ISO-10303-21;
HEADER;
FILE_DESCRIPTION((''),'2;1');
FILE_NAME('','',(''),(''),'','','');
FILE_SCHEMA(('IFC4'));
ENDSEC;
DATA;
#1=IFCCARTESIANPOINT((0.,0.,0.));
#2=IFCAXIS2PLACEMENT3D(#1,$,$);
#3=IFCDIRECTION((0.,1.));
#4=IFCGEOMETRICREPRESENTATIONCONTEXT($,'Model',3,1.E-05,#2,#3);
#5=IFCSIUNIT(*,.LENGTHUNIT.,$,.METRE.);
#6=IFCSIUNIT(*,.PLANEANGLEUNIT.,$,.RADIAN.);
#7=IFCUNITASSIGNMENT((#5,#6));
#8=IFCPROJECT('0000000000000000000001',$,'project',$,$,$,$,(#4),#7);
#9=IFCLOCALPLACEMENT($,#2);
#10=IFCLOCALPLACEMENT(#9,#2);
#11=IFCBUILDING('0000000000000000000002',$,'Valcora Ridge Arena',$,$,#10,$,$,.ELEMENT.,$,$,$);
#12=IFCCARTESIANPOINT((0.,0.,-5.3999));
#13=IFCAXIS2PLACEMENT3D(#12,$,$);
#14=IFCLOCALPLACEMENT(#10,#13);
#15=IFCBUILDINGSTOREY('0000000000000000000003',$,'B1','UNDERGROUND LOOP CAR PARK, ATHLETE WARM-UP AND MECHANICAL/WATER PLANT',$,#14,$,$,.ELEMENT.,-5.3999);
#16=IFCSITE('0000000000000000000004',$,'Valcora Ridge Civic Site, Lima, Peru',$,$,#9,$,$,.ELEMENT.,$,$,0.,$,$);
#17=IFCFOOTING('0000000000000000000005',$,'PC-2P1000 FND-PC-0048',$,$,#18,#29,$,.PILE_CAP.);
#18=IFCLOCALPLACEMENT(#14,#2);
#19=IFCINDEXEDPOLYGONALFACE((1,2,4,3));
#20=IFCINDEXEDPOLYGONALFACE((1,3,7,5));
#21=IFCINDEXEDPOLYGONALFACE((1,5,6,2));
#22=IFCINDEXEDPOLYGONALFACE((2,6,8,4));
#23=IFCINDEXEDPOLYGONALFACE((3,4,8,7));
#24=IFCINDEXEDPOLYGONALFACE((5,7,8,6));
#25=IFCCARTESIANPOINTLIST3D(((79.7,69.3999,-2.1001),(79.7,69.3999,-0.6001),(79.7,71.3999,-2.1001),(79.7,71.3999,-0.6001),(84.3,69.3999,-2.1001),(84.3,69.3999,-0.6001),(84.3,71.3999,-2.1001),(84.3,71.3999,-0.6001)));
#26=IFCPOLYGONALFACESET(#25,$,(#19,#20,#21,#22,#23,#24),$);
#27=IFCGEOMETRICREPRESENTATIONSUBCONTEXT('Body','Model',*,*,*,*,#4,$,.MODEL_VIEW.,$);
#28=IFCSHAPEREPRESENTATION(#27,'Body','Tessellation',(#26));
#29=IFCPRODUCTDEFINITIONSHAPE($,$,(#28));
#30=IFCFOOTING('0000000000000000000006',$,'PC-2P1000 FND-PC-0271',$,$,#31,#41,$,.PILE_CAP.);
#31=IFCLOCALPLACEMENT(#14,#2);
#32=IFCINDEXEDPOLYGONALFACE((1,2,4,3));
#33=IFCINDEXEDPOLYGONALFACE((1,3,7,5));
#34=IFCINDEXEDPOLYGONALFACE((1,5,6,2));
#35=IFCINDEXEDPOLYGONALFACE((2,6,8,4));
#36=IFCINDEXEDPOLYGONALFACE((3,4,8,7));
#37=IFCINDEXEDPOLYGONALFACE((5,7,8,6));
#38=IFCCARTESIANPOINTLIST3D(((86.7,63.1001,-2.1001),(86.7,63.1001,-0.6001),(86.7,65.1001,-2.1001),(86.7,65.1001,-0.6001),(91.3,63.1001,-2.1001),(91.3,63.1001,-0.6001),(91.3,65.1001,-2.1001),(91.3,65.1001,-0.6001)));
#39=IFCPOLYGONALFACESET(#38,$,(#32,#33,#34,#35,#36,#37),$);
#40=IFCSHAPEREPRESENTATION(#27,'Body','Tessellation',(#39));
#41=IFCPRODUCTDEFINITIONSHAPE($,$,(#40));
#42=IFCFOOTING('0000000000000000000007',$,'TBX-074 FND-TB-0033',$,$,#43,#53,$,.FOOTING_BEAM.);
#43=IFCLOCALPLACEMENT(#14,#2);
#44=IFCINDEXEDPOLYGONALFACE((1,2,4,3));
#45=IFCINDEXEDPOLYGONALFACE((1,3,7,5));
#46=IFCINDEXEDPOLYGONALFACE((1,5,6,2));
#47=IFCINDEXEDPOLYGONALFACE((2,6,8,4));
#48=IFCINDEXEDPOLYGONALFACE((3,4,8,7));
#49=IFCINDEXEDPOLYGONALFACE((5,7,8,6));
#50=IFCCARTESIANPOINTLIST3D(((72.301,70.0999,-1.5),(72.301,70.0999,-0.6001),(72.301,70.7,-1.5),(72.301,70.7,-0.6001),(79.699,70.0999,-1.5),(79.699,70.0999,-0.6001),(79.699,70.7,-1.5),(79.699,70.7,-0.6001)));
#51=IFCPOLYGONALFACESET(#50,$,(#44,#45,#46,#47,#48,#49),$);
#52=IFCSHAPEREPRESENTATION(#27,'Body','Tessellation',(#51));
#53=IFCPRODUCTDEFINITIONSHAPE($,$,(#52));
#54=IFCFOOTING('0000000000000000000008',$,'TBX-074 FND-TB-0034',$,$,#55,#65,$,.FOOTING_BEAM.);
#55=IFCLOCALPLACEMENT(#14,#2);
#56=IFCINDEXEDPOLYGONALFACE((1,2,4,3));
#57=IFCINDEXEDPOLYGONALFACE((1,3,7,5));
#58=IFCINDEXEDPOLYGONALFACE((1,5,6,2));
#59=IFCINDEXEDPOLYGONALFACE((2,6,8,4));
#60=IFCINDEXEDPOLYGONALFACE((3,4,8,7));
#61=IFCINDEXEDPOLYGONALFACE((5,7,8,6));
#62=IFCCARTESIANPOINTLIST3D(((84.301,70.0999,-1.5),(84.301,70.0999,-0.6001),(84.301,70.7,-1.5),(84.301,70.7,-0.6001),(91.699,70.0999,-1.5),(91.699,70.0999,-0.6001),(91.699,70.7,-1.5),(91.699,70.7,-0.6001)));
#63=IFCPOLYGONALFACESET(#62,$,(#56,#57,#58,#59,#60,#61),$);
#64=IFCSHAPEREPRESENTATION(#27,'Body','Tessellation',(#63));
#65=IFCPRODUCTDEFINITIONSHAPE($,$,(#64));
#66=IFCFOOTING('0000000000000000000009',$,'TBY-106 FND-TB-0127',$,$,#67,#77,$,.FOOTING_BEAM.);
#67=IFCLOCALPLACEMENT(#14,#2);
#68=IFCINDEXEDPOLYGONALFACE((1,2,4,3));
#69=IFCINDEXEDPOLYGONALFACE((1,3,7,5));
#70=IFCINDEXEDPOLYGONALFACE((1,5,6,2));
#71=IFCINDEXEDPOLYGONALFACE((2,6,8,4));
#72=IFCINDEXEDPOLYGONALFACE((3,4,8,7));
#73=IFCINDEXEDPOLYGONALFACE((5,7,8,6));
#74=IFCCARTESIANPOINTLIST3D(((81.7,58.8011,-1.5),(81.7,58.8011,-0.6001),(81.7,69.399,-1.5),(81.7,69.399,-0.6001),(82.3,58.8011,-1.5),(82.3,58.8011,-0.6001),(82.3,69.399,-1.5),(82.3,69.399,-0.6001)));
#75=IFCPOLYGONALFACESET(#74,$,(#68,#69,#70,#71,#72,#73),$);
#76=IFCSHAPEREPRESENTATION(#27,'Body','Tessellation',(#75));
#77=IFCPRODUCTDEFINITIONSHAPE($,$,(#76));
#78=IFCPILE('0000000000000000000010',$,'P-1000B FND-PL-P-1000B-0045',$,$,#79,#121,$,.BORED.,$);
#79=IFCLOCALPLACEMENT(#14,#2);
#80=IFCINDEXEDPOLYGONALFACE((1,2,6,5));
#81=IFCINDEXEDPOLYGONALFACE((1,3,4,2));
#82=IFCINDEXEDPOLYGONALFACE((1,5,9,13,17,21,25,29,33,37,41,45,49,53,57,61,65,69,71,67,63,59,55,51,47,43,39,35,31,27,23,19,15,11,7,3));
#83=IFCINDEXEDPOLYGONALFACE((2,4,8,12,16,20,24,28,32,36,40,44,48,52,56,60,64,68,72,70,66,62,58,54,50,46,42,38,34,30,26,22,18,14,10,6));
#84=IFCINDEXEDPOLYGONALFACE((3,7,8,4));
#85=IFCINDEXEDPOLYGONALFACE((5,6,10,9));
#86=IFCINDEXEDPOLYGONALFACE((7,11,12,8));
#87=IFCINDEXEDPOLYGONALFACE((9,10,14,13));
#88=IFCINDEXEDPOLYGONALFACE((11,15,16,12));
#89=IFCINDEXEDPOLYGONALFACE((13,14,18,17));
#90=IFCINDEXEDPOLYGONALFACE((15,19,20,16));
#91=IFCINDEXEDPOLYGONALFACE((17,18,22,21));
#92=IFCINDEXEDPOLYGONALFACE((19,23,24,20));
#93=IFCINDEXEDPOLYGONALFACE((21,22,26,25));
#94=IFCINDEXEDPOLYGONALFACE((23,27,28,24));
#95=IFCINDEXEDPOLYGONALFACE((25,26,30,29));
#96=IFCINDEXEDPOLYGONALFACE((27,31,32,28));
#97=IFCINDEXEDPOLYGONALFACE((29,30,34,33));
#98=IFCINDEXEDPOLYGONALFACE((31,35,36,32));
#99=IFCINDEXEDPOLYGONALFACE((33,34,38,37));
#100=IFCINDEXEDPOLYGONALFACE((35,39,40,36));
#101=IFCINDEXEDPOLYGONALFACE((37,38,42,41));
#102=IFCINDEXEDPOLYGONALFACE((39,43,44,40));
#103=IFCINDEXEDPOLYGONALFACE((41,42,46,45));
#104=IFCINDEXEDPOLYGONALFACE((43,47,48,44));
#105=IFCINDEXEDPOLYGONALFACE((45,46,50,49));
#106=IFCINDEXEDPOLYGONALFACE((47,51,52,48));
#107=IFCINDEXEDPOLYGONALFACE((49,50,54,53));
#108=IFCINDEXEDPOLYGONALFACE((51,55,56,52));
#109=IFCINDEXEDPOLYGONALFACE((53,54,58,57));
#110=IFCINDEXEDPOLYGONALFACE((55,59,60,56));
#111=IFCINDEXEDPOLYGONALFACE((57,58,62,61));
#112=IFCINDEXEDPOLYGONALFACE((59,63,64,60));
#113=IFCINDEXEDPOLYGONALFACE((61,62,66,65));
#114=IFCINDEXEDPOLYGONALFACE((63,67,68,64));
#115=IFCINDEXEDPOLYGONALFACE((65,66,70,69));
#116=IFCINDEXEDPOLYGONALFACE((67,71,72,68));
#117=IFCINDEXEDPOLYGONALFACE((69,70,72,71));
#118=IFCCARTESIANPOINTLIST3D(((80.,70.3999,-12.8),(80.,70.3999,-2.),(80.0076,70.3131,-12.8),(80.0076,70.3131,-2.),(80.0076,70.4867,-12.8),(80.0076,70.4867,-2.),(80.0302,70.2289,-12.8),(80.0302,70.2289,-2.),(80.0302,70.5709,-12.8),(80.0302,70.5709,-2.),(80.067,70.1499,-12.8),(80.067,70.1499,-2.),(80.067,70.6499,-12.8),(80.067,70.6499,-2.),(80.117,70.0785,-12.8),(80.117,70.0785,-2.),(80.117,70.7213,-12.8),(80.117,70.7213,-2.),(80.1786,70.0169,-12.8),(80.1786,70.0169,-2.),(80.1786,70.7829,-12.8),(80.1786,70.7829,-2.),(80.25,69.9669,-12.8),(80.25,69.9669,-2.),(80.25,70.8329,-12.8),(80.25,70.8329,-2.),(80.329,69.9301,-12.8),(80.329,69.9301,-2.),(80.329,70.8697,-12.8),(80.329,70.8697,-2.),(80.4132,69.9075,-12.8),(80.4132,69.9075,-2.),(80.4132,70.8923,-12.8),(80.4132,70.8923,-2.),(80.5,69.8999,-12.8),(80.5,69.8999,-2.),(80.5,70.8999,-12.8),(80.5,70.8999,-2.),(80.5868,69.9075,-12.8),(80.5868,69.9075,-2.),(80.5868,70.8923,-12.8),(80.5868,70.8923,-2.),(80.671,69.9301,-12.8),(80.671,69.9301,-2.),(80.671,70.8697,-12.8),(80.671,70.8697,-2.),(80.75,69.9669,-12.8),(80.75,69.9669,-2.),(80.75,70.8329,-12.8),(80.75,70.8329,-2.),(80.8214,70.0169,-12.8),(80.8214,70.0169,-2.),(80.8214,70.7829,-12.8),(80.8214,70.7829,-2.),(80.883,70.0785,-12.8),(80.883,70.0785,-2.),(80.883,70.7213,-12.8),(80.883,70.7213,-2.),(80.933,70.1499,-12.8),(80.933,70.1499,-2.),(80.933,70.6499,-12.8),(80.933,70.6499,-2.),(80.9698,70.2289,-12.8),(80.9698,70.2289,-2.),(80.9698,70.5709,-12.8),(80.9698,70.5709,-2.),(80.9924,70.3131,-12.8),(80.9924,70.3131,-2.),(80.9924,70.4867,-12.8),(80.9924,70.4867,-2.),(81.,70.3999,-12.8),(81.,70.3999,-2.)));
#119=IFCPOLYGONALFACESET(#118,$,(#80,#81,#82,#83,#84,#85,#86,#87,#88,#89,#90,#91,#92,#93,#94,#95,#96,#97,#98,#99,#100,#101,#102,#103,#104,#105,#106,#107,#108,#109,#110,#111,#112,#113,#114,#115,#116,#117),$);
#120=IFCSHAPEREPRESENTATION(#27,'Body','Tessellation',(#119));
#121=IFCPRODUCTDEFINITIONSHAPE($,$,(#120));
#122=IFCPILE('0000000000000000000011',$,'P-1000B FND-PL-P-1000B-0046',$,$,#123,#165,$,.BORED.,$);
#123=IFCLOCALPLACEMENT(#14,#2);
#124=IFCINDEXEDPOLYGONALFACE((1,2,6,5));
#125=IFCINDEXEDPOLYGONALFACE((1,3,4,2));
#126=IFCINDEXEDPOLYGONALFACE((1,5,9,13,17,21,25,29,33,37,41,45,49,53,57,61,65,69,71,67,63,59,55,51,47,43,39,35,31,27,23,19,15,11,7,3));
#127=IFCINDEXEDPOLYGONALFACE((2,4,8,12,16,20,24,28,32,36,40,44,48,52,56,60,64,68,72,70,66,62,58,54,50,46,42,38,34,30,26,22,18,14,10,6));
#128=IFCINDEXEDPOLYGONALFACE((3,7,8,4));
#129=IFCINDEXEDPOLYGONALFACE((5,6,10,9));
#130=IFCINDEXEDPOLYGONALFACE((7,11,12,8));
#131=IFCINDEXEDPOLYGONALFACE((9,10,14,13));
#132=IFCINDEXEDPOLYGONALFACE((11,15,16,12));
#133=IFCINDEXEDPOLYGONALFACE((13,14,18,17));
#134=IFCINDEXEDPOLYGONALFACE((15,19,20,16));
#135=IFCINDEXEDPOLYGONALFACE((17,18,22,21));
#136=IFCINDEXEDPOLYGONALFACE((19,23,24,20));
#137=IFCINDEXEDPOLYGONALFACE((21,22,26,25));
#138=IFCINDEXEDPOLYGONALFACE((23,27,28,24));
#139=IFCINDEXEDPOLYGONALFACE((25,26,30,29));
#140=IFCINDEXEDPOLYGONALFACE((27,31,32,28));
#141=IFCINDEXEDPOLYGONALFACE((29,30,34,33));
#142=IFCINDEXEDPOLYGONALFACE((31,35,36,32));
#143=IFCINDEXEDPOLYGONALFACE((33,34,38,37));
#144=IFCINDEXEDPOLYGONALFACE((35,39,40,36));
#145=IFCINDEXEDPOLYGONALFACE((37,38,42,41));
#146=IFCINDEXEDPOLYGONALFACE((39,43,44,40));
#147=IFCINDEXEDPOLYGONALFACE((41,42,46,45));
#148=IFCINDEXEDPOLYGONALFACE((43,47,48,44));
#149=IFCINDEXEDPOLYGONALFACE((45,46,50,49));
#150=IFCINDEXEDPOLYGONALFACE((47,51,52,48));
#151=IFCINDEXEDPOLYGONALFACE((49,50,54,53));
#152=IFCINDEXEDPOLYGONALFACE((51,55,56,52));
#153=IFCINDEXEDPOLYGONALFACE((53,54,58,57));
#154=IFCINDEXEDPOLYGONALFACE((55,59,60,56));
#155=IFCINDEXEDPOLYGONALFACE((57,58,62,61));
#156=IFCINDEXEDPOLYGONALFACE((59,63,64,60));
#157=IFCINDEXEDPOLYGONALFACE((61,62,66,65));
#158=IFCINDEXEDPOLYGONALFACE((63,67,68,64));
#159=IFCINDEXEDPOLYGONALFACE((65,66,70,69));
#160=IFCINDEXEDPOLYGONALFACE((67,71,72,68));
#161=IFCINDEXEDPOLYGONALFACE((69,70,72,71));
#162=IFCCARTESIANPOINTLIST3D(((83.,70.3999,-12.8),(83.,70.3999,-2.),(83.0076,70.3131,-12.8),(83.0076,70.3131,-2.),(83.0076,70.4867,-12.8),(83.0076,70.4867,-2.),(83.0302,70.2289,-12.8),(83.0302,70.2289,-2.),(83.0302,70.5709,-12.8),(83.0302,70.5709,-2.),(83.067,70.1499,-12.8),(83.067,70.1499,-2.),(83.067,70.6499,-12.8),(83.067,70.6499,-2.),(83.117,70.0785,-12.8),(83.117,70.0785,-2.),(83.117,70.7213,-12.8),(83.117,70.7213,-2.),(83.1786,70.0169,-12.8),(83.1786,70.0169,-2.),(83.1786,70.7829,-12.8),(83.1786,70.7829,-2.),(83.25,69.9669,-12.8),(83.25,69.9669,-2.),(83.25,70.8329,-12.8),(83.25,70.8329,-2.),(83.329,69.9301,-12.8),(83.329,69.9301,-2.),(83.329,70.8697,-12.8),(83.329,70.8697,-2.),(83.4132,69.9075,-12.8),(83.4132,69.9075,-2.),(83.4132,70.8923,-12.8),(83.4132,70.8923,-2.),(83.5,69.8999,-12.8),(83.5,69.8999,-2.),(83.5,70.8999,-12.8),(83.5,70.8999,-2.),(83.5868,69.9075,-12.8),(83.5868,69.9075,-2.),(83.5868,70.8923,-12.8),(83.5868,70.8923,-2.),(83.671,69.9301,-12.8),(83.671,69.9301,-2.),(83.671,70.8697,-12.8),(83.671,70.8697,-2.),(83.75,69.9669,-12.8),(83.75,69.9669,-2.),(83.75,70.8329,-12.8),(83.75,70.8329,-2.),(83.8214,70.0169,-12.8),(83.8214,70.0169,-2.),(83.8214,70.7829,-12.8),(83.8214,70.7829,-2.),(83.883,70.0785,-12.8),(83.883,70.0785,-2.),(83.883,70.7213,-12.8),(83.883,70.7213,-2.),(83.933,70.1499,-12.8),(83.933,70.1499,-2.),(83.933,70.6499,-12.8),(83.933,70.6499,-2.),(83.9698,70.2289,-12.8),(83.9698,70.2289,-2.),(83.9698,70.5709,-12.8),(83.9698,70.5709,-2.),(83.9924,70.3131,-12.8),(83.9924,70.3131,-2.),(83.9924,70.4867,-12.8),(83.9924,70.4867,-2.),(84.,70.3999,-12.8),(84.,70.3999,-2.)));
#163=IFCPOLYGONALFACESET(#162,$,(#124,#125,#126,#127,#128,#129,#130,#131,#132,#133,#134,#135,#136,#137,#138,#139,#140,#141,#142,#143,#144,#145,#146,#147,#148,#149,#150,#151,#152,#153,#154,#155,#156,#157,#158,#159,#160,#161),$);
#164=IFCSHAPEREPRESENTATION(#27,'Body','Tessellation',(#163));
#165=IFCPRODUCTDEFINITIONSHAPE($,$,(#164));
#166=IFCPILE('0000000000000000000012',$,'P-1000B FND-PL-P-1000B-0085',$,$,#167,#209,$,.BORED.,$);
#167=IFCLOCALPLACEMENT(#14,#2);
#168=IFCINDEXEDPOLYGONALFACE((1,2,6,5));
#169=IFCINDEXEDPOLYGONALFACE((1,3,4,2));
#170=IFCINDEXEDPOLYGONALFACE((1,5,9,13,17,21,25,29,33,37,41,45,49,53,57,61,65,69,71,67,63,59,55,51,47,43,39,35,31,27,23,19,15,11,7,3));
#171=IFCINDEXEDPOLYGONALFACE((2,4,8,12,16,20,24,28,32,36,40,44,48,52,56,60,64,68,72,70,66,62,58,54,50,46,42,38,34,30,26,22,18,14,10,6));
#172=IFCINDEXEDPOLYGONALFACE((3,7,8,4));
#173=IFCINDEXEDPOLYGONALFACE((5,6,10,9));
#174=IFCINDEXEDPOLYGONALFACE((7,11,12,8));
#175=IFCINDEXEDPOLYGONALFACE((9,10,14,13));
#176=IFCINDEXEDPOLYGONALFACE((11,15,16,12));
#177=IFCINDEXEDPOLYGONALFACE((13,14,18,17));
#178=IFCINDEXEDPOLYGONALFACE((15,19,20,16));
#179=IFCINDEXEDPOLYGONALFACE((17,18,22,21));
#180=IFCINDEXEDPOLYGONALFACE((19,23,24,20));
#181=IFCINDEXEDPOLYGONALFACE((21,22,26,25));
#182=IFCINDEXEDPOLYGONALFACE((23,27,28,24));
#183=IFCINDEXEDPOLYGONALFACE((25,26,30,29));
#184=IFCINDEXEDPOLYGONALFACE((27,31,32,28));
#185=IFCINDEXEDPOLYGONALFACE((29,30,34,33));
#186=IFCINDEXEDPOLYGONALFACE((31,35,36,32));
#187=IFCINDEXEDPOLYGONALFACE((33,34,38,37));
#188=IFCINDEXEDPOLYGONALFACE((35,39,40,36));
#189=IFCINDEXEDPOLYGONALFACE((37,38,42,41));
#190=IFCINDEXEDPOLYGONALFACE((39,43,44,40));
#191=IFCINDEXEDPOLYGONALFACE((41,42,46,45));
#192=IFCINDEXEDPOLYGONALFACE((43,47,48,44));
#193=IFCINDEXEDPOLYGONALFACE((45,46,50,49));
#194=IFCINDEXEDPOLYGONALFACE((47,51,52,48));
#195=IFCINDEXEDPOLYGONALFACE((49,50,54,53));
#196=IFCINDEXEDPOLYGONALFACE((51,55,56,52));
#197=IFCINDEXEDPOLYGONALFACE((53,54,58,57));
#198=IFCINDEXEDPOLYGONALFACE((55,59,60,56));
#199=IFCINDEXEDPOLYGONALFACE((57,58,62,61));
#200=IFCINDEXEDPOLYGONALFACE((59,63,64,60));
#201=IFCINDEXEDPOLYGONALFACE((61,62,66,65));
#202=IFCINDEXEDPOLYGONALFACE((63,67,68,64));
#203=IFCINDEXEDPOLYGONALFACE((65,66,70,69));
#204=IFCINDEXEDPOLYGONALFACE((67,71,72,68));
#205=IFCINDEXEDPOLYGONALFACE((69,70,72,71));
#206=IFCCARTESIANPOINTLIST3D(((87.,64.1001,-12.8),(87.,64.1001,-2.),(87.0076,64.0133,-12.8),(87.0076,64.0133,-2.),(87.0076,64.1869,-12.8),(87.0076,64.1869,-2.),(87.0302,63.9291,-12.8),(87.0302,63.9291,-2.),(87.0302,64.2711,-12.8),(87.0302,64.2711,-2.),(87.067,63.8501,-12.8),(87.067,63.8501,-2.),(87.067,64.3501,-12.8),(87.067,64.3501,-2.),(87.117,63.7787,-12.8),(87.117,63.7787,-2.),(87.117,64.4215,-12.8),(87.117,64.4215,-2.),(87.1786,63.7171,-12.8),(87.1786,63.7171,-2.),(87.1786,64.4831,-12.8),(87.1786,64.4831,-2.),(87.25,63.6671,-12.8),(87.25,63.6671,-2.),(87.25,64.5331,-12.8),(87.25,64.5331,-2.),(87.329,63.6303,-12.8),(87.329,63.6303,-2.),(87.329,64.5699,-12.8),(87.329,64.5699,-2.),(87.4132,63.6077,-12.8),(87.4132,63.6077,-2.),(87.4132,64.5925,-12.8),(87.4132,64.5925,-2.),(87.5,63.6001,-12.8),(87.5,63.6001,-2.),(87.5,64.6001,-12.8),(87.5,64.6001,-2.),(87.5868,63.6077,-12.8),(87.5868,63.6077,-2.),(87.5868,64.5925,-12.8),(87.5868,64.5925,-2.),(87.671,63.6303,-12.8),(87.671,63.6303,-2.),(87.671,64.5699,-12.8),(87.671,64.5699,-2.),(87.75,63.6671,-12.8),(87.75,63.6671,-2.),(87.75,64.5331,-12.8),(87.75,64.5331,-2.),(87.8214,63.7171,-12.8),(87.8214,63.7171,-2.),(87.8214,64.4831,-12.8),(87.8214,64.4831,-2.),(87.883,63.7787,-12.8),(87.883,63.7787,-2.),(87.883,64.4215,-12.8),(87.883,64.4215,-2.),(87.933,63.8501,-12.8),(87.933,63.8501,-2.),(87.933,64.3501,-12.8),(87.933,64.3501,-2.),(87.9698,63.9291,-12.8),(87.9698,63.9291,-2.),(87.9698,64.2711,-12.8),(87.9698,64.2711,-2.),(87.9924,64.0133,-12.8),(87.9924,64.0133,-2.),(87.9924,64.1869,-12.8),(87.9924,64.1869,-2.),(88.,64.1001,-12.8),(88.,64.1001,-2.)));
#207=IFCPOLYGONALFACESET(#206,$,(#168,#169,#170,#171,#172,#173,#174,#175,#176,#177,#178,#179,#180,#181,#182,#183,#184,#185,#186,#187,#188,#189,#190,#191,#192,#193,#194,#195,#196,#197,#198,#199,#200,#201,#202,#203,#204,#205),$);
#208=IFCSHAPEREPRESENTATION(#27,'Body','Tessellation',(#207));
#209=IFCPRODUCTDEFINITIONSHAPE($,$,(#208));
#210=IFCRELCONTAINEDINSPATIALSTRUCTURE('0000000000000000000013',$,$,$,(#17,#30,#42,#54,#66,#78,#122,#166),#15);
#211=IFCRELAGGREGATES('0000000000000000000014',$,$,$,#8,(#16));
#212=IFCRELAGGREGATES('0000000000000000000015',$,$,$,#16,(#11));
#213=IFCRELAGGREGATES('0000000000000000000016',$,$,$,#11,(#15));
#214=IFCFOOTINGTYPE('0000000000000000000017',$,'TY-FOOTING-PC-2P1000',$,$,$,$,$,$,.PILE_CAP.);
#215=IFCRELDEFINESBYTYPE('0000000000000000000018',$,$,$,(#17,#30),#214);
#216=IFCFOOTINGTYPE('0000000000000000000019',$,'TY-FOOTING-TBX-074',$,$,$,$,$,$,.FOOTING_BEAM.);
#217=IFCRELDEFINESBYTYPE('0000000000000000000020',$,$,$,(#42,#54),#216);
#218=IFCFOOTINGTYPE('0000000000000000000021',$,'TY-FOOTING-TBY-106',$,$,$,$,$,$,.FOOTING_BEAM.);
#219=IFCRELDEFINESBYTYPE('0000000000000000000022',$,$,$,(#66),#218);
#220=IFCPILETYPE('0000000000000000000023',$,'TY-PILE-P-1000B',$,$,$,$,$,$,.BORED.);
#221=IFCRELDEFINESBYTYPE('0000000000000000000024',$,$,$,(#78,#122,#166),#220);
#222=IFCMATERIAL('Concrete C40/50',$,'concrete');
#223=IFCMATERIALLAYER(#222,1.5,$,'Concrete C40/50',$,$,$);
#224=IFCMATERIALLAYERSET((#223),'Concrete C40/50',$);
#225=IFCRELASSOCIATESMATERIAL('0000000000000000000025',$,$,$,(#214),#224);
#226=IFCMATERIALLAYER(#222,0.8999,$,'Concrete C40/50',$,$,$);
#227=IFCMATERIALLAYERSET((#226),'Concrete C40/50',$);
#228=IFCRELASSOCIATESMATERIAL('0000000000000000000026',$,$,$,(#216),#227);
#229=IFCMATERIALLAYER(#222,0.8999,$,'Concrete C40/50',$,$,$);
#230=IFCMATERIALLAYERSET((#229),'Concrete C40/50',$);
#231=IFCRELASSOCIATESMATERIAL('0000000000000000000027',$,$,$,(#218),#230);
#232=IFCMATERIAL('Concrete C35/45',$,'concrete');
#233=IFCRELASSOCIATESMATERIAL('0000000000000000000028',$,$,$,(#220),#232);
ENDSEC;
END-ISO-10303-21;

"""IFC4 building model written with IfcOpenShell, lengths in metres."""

from ifc_helpers import new_model, si_unit, direction, frame, origin, origin_2d, place, context, subcontext, project, spatial, rectangle, circle, extrude, material, layer, layer_set, material_profile, profile_set, type_object, element, save


model = new_model("IFC4")

# Units and contexts
model_context = context("Model", 3, precision=1e-05, world=origin(), true_north=direction((0.0, 1.0)))
body_context = subcontext(model_context, "Body", "Model", "MODEL_VIEW")
ifc_project = project(units=[si_unit("LENGTHUNIT", "METRE"), si_unit("PLANEANGLEUNIT", "RADIAN")], contexts=[model_context])

# Site, building, storey
site_placement = place(None, origin())
site = spatial("IfcSite", under=ifc_project, at=site_placement, Name="Valcora Ridge Civic Site, Lima, Peru", CompositionType="ELEMENT", RefElevation=0.0)
building_placement = place(site_placement, origin())
building = spatial("IfcBuilding", under=site, at=building_placement, Name="Valcora Ridge Arena", CompositionType="ELEMENT")
storey_placement = place(building_placement, frame((0.0, 0.0, -5.3999)))
storey = spatial("IfcBuildingStorey", under=building, at=storey_placement, Name="B1", Description="UNDERGROUND LOOP CAR PARK, ATHLETE WARM-UP AND MECHANICAL/WATER PLANT", CompositionType="ELEMENT", Elevation=-5.3999)

# Footings
ifc_material_1 = material(Name="Concrete C40/50", Category="concrete")
ifc_layer_1 = layer(ifc_material_1, 1.5, Name="Concrete C40/50")
ifc_layer_set_1 = layer_set([ifc_layer_1], Name="Concrete C40/50")
footing_type_1 = type_object("IfcFootingType", Name="TY-FOOTING-PC-2P1000", PredefinedType="PILE_CAP", material=ifc_layer_set_1)
for number, where, z_axis, x_axis, name in (
    (1, (82.0, 70.3999, -2.1001), (0.0, 0.0, 1.0), (1.0, 0.0, 0.0), "PC-2P1000 FND-PC-0048"),
    (2, (89.0, 64.1001, -2.1001), (0.0, 0.0, 1.0), (1.0, 0.0, 0.0), "PC-2P1000 FND-PC-0271"),
):
    element("IfcFooting", number, at=place(storey_placement, frame(where, z_axis=z_axis, x_axis=x_axis)), inside=storey, type_object=footing_type_1, Name=name, PredefinedType="PILE_CAP", context=body_context, shape_type="SweptSolid", body=[
        extrude(rectangle(XDim=4.6001, YDim=2.0, at=origin_2d()), origin(), (0.0, 0.0, 1.0), 1.5),
    ])
ifc_layer_2 = layer(ifc_material_1, 0.8999, Name="Concrete C40/50")
ifc_layer_set_2 = layer_set([ifc_layer_2], Name="Concrete C40/50")
footing_type_2 = type_object("IfcFootingType", Name="TY-FOOTING-TBX-074", PredefinedType="FOOTING_BEAM", material=ifc_layer_set_2)
for number, where, z_axis, x_axis, name in (
    (3, (76.0, 70.3999, -1.5), (0.0, 0.0, 1.0), (1.0, 0.0, 0.0), "TBX-074 FND-TB-0033"),
    (4, (88.0, 70.3999, -1.5), (0.0, 0.0, 1.0), (1.0, 0.0, 0.0), "TBX-074 FND-TB-0034"),
):
    element("IfcFooting", number, at=place(storey_placement, frame(where, z_axis=z_axis, x_axis=x_axis)), inside=storey, type_object=footing_type_2, Name=name, PredefinedType="FOOTING_BEAM", context=body_context, shape_type="SweptSolid", body=[
        extrude(rectangle(XDim=7.3979, YDim=0.6001, at=origin_2d()), origin(), (0.0, 0.0, 1.0), 0.8999),
    ])
ifc_layer_3 = layer(ifc_material_1, 0.8999, Name="Concrete C40/50")
ifc_layer_set_3 = layer_set([ifc_layer_3], Name="Concrete C40/50")
footing_type_3 = type_object("IfcFootingType", Name="TY-FOOTING-TBY-106", PredefinedType="FOOTING_BEAM", material=ifc_layer_set_3)
footing_placement = place(storey_placement, frame((82.0, 64.1001, -1.5), z_axis=(0.0, 0.0, 1.0), x_axis=(1.0, 0.0, 0.0)))
element("IfcFooting", 5, at=footing_placement, inside=storey, type_object=footing_type_3, Name="TBY-106 FND-TB-0127", PredefinedType="FOOTING_BEAM", context=body_context, shape_type="SweptSolid", body=[
    extrude(rectangle(XDim=0.6001, YDim=10.5979, at=origin_2d()), origin(), (0.0, 0.0, 1.0), 0.8999),
])

# Piles
ifc_material_2 = material(Name="Concrete C35/45", Category="concrete")
ifc_material_profile_1 = material_profile(ifc_material_2, circle(Radius=0.5, at=origin_2d()), Name="BORED PILE D1000")
ifc_profile_set_1 = profile_set([ifc_material_profile_1], Name="Concrete C35/45")
pile_type = type_object("IfcPileType", Name="TY-PILE-P-1000B", PredefinedType="BORED", material=ifc_profile_set_1)
for number, where, z_axis, x_axis, name in (
    (6, (80.5, 70.3999, -2.0), (0.0, 0.0, -1.0), (1.0, 0.0, 0.0), "P-1000B FND-PL-P-1000B-0045"),
    (7, (83.5, 70.3999, -2.0), (0.0, 0.0, -1.0), (1.0, 0.0, 0.0), "P-1000B FND-PL-P-1000B-0046"),
    (8, (87.5, 64.1001, -2.0), (0.0, 0.0, -1.0), (1.0, 0.0, 0.0), "P-1000B FND-PL-P-1000B-0085"),
):
    element("IfcPile", number, at=place(storey_placement, frame(where, z_axis=z_axis, x_axis=x_axis)), inside=storey, type_object=pile_type, Name=name, PredefinedType="BORED", context=body_context, shape_type="SweptSolid", body=[
        extrude(circle(Radius=0.5, at=origin_2d()), origin(), (0.0, 0.0, 1.0), 10.8),
    ])

save(model, "model.ifc")
